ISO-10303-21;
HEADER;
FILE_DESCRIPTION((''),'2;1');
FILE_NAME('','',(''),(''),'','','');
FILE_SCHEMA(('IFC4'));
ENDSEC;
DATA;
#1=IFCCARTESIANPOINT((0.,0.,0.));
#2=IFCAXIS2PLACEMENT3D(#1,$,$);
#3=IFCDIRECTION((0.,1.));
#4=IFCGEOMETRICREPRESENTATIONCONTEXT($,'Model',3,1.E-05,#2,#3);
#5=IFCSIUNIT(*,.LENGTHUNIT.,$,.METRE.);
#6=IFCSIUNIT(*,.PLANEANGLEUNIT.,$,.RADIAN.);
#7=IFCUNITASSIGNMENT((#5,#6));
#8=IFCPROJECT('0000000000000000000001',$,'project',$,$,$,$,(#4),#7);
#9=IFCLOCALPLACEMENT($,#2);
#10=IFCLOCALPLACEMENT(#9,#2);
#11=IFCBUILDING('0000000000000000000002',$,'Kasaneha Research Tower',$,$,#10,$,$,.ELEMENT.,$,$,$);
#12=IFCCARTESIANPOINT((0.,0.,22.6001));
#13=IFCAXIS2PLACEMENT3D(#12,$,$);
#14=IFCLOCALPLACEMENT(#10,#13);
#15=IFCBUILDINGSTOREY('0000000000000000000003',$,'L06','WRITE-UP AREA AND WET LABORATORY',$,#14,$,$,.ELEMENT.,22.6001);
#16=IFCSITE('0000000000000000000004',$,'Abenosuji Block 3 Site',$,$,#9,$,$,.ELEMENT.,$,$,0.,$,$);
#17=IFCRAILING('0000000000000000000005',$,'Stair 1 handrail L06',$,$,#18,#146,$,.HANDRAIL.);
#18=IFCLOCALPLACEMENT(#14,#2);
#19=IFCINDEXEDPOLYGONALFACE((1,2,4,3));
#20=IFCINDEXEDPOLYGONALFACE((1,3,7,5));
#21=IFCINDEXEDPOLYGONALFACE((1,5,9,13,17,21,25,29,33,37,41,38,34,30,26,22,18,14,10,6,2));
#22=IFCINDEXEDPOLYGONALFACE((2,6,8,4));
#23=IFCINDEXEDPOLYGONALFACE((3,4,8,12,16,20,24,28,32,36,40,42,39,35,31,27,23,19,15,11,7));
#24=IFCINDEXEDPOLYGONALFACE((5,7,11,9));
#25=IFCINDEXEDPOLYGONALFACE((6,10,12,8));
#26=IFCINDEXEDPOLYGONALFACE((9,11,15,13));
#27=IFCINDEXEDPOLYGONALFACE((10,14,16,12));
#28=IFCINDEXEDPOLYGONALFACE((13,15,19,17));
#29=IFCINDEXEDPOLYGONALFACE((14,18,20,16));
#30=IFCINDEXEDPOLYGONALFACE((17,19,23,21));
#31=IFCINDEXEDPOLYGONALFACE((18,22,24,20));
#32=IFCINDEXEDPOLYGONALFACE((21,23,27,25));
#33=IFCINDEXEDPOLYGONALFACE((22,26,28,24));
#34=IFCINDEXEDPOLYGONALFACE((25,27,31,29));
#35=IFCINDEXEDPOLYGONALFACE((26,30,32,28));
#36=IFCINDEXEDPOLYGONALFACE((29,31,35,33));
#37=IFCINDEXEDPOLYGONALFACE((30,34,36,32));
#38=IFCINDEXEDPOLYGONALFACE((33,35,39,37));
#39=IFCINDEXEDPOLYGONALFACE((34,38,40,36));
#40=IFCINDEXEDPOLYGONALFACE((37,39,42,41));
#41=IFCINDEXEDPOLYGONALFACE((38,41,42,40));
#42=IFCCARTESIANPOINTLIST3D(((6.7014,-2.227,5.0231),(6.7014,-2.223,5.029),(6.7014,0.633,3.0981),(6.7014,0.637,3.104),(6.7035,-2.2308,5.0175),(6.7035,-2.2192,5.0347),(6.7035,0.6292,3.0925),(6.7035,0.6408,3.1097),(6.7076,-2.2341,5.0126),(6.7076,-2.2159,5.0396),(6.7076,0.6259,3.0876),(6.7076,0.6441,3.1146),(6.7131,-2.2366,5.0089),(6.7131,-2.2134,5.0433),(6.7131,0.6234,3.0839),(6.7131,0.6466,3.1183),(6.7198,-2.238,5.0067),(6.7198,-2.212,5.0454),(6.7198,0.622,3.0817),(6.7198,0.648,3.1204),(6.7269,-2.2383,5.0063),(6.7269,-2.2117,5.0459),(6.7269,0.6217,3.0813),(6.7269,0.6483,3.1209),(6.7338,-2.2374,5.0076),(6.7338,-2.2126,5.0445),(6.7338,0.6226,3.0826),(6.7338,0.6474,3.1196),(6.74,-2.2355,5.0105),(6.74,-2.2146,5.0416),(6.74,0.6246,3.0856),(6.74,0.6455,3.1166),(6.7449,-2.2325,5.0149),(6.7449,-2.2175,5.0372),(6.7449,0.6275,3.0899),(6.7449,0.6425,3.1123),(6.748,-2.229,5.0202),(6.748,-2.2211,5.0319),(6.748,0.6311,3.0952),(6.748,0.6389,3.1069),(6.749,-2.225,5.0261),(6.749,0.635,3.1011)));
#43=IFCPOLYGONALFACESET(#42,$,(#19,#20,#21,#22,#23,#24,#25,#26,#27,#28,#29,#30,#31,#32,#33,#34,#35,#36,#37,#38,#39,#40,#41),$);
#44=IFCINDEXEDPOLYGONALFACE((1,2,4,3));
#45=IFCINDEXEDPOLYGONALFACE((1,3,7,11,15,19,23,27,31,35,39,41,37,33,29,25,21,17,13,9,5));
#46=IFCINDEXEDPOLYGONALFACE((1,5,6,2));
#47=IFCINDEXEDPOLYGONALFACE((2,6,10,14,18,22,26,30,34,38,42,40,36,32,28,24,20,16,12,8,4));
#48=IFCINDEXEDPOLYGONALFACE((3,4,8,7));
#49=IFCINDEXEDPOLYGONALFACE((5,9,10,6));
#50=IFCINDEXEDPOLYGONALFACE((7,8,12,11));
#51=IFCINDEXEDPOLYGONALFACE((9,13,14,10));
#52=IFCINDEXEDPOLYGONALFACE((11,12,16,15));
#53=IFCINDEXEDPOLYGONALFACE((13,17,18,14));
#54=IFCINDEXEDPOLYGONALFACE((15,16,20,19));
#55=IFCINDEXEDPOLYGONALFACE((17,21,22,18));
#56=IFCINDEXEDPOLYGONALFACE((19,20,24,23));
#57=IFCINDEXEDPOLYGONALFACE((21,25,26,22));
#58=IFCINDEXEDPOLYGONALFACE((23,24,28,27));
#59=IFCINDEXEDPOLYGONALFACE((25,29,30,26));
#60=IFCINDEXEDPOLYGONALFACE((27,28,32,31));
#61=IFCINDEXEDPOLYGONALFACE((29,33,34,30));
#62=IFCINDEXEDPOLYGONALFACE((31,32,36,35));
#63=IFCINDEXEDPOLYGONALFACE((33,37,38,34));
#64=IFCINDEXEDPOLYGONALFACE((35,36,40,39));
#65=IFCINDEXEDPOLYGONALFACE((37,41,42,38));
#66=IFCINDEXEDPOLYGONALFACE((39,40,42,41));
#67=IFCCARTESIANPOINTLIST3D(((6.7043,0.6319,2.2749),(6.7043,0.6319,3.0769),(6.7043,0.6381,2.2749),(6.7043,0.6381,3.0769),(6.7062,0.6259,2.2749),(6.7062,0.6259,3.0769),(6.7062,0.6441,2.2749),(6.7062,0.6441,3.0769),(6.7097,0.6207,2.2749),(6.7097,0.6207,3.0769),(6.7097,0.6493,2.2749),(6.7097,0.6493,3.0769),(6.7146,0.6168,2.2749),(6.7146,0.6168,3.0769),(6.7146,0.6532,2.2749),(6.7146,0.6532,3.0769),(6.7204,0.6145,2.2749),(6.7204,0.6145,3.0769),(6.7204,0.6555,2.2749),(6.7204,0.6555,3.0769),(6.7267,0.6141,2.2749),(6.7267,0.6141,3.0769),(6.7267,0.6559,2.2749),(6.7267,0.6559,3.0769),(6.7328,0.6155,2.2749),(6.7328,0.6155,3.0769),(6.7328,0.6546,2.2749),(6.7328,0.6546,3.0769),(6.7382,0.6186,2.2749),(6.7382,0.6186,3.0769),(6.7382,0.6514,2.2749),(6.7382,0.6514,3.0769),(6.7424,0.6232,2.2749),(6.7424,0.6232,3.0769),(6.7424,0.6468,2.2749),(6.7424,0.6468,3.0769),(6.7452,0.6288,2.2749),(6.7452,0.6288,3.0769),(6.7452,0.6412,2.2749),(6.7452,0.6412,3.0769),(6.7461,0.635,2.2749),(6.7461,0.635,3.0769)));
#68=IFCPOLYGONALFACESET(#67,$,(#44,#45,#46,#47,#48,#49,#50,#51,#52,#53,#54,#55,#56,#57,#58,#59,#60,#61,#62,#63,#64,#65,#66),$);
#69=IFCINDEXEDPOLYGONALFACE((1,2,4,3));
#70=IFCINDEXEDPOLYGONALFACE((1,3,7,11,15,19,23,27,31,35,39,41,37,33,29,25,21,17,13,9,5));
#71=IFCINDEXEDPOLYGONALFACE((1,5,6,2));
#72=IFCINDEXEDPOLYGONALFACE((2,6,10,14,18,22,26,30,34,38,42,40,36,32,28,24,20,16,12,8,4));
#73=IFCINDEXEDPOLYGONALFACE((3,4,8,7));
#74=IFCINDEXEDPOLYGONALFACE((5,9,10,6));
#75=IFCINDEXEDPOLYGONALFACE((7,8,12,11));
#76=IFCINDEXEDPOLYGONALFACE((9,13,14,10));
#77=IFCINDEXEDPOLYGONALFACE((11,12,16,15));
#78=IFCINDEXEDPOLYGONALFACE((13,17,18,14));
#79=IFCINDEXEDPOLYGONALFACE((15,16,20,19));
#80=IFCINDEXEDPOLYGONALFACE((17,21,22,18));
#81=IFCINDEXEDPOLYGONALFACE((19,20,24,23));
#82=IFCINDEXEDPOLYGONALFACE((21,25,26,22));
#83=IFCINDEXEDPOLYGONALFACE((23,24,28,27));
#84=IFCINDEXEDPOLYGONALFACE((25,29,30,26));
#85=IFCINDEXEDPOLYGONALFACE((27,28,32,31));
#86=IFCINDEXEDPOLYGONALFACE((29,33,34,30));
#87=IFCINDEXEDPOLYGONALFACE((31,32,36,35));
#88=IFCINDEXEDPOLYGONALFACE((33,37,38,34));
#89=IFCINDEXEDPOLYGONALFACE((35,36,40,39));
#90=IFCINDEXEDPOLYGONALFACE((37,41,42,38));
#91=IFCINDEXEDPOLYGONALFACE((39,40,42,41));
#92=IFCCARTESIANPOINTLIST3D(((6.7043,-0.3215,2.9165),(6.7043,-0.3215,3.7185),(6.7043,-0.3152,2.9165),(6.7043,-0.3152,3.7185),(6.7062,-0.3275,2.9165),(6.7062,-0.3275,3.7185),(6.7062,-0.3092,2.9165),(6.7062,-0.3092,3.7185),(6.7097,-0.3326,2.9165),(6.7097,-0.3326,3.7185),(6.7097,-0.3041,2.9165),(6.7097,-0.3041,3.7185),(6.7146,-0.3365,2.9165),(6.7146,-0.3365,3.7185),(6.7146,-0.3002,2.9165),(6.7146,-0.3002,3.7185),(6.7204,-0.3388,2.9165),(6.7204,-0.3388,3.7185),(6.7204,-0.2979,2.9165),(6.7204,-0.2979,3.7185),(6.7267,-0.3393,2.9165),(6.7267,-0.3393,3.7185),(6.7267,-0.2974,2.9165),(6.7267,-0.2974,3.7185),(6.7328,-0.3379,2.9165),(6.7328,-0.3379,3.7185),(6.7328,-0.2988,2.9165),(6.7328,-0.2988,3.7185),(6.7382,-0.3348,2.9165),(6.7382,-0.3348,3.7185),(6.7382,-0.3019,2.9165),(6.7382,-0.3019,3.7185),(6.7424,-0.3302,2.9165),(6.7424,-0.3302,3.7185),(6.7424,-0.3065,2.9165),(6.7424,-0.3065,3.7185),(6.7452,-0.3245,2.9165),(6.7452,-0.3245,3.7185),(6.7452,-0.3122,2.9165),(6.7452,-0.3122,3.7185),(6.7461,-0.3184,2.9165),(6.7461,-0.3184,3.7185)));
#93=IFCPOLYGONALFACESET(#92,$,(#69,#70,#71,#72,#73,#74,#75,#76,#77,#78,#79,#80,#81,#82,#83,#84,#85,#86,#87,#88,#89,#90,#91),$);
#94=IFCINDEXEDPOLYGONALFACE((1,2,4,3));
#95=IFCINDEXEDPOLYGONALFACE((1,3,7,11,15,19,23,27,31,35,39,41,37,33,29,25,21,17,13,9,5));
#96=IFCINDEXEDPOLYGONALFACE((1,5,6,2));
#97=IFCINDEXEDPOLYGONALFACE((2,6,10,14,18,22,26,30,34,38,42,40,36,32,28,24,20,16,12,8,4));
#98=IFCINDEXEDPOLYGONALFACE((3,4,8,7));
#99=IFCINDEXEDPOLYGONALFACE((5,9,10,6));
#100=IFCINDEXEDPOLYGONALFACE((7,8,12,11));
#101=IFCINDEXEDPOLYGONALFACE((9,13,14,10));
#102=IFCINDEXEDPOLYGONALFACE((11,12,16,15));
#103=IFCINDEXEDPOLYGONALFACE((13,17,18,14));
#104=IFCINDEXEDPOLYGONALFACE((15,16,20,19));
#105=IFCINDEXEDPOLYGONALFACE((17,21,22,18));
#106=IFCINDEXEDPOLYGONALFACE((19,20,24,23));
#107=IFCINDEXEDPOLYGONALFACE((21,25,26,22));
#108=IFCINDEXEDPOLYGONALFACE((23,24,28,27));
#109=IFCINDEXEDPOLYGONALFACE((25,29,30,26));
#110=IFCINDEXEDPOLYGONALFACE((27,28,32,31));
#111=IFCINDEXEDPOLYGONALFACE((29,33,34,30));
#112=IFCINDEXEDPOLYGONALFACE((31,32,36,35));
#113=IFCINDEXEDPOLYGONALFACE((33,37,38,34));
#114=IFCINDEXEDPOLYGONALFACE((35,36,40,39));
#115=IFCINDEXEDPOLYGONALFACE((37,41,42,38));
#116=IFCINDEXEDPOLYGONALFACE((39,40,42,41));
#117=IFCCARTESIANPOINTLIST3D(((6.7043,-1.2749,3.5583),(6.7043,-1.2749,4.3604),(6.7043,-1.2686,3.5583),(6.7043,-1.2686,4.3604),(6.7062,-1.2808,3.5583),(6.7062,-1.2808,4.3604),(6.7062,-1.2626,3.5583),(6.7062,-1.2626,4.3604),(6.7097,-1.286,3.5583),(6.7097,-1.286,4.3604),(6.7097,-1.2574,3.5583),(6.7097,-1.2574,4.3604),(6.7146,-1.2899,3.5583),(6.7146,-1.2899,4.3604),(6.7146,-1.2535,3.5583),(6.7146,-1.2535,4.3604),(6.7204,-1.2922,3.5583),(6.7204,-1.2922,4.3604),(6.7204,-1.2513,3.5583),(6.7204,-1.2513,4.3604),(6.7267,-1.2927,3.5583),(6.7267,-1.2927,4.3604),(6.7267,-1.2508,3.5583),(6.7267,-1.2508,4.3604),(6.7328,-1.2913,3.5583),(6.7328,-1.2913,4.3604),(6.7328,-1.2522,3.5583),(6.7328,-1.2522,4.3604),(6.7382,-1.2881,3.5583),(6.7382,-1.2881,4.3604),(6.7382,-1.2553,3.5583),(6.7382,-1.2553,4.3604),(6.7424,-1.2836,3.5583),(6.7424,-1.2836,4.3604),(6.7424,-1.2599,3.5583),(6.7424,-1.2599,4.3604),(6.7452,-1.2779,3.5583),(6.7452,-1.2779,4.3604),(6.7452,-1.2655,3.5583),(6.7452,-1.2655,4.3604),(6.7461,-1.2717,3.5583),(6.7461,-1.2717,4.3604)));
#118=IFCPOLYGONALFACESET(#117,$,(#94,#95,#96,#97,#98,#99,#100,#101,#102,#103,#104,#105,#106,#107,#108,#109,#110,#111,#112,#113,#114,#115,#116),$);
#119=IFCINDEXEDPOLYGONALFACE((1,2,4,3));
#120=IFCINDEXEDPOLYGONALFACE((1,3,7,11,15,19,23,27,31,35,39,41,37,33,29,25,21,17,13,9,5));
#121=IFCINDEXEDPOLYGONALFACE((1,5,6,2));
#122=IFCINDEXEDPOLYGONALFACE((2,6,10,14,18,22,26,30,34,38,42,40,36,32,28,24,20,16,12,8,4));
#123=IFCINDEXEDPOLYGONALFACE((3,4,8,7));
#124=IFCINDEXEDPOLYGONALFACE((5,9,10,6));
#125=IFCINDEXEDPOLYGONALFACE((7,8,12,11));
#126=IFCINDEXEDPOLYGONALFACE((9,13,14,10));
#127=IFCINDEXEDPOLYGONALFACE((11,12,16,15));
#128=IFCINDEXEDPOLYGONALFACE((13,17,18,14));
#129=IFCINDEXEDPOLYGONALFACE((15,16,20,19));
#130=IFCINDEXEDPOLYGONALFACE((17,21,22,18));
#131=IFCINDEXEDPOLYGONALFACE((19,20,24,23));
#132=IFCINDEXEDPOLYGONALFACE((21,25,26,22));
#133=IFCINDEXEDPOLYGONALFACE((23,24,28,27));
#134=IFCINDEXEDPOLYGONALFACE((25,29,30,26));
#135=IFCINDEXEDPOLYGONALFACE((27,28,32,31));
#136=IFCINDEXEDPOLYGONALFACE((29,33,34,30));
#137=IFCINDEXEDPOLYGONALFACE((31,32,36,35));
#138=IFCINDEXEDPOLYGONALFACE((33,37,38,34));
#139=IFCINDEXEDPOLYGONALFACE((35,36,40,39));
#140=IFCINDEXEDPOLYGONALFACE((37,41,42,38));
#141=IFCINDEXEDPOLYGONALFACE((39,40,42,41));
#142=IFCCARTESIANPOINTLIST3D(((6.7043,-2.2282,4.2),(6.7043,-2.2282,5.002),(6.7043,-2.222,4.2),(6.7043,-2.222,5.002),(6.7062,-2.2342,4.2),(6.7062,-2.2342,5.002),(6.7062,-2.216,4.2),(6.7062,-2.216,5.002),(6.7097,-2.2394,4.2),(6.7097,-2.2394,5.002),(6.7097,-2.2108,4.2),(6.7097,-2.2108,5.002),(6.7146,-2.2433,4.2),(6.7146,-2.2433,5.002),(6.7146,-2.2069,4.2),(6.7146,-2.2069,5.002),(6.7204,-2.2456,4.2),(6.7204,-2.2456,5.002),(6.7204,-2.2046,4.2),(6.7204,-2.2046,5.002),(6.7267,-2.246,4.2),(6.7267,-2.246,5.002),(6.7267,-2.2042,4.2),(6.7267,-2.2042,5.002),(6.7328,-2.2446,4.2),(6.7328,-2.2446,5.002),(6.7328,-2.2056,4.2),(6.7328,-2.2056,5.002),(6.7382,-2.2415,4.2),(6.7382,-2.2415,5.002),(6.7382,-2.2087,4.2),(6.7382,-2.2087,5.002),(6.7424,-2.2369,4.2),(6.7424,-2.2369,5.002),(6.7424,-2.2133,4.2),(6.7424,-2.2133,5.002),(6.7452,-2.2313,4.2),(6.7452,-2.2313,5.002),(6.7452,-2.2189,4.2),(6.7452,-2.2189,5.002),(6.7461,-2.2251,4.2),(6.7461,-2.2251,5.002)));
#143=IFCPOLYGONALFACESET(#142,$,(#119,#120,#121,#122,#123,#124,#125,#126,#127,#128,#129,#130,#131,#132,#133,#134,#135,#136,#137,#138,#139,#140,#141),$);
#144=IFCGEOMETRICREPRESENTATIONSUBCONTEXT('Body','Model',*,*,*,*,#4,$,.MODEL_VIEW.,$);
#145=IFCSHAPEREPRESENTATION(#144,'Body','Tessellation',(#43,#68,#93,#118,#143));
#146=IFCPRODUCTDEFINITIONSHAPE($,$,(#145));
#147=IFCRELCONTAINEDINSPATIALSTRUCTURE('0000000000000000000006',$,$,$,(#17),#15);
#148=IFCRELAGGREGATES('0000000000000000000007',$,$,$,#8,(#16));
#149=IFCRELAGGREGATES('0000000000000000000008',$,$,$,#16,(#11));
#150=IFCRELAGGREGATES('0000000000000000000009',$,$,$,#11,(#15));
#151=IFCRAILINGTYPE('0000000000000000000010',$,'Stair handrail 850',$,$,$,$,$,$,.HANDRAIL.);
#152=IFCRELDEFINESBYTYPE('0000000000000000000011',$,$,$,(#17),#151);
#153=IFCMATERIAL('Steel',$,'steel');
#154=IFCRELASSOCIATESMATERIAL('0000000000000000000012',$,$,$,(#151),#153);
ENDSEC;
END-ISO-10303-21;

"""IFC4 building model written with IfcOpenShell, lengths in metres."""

from ifc_helpers import new_model, si_unit, direction, frame, origin, origin_2d, place, context, subcontext, project, spatial, circle, extrude, material, type_object, element, save


model = new_model("IFC4")

# Units and contexts
model_context = context("Model", 3, precision=1e-05, world=origin(), true_north=direction((0.0, 1.0)))
body_context = subcontext(model_context, "Body", "Model", "MODEL_VIEW")
ifc_project = project(units=[si_unit("LENGTHUNIT", "METRE"), si_unit("PLANEANGLEUNIT", "RADIAN")], contexts=[model_context])

# Site, building, storey
site_placement = place(None, origin())
site = spatial("IfcSite", under=ifc_project, at=site_placement, Name="Abenosuji Block 3 Site", CompositionType="ELEMENT", RefElevation=0.0)
building_placement = place(site_placement, origin())
building = spatial("IfcBuilding", under=site, at=building_placement, Name="Kasaneha Research Tower", CompositionType="ELEMENT")
storey_placement = place(building_placement, frame((0.0, 0.0, 22.6001)))
storey = spatial("IfcBuildingStorey", under=building, at=storey_placement, Name="L06", Description="WRITE-UP AREA AND WET LABORATORY", CompositionType="ELEMENT", Elevation=22.6001)

# Railing
ifc_material_1 = material(Name="Steel", Category="steel")
railing_type_1 = type_object("IfcRailingType", Name="Stair handrail 850", PredefinedType="HANDRAIL", material=ifc_material_1)
railing_1_placement = place(storey_placement, frame((6.7251, 0.635, 2.2749)))
element("IfcRailing", 1, at=railing_1_placement, inside=storey, type_object=railing_type_1, Name="Stair 1 handrail L06", PredefinedType="HANDRAIL", context=body_context, shape_type="SweptSolid", body=[
    extrude(circle(Radius=0.0239, at=origin_2d()), frame((0.0, 0.0, 0.8262), z_axis=(0.0, -0.829591, 0.558372), x_axis=(1.0, 0.0, 0.0)), (0.0, 0.0, 1.0), 3.4475),
    extrude(circle(Radius=0.021, at=origin_2d()), origin(), (0.0, 0.0, 1.0), 0.802),
    extrude(circle(Radius=0.021, at=origin_2d()), frame((0.0, -0.9534, 0.6416)), (0.0, 0.0, 1.0), 0.802),
    extrude(circle(Radius=0.021, at=origin_2d()), frame((0.0, -1.9067, 1.2834)), (0.0, 0.0, 1.0), 0.802),
    extrude(circle(Radius=0.021, at=origin_2d()), frame((0.0, -2.8601, 1.925)), (0.0, 0.0, 1.0), 0.802),
])

save(model, "model.ifc")
